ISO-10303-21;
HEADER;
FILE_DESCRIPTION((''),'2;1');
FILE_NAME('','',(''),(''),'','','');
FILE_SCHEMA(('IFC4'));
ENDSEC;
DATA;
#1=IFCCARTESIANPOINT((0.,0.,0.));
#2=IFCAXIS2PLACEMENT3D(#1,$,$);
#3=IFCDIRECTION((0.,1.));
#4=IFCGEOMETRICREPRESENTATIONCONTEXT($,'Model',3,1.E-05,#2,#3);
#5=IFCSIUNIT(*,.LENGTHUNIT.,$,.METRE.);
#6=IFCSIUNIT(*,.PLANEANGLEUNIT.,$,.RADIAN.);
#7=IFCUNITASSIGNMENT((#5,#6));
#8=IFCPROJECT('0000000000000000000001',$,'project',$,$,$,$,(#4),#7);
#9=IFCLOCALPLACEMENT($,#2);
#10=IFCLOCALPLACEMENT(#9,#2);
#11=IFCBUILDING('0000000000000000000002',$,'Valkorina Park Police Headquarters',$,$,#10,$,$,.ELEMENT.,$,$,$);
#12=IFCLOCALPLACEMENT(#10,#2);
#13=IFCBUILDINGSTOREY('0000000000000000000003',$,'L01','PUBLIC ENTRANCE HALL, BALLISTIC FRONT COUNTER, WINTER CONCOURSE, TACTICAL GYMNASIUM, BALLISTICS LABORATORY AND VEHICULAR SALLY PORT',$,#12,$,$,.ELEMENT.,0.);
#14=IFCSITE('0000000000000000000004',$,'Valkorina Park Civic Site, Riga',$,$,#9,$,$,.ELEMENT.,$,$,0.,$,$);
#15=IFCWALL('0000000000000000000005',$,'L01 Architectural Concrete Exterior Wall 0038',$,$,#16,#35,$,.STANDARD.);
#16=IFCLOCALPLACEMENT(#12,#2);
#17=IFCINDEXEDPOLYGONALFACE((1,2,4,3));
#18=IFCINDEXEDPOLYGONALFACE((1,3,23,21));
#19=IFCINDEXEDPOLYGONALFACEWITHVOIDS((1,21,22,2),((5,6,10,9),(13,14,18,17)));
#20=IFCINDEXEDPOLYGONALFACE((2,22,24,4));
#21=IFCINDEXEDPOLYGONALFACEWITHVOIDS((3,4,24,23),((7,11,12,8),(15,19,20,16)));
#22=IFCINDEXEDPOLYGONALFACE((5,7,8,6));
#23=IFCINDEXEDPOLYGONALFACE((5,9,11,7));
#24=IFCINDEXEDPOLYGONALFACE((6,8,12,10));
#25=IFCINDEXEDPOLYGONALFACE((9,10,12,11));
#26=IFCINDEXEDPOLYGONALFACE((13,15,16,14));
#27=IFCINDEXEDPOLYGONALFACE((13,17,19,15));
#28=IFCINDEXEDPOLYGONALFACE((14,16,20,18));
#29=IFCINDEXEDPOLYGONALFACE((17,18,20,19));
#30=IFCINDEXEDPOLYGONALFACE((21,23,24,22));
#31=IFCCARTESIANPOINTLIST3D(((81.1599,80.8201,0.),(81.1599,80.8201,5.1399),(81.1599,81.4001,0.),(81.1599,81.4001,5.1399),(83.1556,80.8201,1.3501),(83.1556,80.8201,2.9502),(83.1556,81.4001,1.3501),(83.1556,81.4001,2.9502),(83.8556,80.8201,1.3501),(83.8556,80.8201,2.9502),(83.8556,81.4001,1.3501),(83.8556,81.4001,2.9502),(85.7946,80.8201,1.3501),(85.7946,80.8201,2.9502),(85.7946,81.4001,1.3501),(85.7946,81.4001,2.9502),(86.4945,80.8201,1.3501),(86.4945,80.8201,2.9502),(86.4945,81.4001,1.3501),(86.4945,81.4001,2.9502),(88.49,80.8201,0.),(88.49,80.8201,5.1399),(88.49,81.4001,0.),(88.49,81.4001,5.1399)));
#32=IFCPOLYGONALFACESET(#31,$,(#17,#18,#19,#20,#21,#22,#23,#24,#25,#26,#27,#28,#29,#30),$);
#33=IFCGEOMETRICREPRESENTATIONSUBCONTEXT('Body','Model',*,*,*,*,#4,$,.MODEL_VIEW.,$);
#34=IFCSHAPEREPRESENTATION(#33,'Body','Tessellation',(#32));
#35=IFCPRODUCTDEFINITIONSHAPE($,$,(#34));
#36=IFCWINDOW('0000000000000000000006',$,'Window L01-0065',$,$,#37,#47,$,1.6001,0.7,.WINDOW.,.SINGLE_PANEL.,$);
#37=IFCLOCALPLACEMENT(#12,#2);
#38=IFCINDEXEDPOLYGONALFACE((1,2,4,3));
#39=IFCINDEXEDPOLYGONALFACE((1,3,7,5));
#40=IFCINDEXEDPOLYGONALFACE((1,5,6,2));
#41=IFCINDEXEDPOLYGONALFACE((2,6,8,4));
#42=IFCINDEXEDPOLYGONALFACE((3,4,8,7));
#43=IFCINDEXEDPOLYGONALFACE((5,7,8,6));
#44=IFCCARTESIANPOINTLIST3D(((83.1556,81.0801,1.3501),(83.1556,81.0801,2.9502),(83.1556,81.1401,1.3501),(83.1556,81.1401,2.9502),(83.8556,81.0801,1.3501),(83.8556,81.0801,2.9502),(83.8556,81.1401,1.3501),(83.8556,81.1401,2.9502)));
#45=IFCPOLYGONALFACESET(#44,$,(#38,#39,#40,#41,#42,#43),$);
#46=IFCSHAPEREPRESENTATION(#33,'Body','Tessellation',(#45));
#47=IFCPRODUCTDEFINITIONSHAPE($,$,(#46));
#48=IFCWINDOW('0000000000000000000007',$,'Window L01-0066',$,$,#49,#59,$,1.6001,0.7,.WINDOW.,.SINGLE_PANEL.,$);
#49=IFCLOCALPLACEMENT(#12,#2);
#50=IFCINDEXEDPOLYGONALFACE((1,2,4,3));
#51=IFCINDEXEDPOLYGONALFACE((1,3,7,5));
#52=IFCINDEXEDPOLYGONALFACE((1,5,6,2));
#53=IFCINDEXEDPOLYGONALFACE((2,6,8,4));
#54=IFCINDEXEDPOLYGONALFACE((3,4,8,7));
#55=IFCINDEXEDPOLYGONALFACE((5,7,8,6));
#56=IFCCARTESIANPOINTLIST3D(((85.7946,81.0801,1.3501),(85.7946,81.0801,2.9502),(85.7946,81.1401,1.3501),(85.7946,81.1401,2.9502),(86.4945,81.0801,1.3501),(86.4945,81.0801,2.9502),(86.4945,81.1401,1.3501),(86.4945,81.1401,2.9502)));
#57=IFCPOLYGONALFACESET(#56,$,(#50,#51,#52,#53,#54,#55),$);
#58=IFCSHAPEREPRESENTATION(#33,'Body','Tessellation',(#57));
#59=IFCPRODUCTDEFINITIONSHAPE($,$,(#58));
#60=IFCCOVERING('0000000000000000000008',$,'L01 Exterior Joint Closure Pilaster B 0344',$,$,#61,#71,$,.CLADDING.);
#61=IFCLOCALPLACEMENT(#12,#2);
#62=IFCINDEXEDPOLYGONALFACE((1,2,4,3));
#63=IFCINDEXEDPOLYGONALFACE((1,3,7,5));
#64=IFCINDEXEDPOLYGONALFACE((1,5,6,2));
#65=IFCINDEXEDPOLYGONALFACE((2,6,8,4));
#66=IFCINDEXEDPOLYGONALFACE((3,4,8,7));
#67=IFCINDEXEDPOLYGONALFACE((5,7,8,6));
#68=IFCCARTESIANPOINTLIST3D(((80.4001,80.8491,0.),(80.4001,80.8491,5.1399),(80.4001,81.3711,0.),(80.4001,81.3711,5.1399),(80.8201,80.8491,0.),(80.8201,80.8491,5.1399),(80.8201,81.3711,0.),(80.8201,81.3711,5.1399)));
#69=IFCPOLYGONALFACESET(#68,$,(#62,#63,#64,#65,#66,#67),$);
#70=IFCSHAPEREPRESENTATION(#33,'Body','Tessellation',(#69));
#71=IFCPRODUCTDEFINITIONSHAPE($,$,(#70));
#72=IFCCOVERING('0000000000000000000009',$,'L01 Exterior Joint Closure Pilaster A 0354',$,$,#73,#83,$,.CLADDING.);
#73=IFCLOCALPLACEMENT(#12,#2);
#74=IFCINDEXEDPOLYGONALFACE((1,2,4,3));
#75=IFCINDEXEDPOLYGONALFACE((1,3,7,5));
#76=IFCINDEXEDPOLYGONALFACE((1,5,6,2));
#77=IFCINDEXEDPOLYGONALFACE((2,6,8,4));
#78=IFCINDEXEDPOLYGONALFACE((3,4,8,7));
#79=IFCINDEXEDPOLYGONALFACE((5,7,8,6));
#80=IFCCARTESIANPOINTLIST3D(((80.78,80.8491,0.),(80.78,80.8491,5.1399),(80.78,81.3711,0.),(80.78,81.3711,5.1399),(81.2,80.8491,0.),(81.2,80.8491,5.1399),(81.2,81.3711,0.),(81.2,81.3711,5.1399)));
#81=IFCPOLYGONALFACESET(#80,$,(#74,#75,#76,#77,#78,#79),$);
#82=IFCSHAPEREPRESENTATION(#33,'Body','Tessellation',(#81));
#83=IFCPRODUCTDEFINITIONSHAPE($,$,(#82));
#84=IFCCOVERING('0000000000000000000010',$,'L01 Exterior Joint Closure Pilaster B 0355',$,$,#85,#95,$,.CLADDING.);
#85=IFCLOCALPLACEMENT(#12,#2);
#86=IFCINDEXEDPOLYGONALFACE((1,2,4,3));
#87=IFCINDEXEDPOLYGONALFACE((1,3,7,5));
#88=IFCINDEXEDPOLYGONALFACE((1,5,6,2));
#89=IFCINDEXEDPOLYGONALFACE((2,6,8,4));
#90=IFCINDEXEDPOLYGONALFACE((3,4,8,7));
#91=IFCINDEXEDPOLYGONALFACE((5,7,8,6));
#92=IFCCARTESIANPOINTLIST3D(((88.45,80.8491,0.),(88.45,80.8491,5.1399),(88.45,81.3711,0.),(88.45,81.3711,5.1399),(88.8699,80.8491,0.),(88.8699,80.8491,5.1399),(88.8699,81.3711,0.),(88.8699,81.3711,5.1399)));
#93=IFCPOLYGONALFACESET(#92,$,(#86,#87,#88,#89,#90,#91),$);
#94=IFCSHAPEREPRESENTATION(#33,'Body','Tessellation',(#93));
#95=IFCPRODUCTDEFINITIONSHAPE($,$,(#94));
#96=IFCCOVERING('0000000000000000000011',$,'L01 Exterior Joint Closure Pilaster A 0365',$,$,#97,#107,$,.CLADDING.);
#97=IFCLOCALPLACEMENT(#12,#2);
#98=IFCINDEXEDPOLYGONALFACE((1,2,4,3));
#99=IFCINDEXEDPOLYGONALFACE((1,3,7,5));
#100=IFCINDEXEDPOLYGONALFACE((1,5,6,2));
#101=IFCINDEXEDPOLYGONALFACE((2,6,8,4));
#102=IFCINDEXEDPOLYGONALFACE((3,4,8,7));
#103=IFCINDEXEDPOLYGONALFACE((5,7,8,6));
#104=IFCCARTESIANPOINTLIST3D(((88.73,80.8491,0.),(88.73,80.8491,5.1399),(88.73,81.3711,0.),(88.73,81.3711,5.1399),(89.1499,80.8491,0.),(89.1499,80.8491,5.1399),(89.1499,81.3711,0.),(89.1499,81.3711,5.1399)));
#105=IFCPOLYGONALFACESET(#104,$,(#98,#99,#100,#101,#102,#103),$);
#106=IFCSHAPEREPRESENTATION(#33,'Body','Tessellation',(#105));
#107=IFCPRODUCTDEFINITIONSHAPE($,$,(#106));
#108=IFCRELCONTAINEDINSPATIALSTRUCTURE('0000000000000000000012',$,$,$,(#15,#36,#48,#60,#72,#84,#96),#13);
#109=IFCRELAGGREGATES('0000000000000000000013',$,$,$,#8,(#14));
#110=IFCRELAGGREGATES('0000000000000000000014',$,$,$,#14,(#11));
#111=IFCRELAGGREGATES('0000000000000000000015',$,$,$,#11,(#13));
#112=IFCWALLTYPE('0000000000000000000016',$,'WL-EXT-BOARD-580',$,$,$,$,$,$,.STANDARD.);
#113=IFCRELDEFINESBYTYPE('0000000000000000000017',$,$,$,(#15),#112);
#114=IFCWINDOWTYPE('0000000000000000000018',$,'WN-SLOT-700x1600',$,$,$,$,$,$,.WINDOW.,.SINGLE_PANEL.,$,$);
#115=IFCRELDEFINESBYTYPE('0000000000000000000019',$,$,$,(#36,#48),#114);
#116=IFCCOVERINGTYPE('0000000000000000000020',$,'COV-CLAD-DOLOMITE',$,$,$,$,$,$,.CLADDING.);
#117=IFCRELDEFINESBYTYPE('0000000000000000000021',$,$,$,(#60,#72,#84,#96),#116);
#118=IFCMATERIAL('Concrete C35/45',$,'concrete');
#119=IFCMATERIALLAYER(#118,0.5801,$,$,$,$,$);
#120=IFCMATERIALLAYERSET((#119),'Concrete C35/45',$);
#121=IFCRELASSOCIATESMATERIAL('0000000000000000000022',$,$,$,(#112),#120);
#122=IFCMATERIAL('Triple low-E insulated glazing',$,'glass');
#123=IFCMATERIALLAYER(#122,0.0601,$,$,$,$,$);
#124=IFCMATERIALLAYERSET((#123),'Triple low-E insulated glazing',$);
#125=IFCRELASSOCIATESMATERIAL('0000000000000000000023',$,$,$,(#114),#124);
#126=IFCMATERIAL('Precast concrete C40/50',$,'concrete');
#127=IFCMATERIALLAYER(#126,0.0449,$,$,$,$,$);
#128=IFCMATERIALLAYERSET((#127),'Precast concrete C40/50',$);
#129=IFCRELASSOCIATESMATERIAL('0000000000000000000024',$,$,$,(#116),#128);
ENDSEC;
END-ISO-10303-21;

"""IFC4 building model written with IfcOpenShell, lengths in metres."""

from ifc_helpers import new_model, si_unit, direction, frame, frame_2d, origin, origin_2d, place, context, subcontext, project, spatial, rectangle, extrude, material, layer, layer_set, type_object, element, fill, save


model = new_model("IFC4")

# Units and contexts
model_context = context("Model", 3, precision=1e-05, world=origin(), true_north=direction((0.0, 1.0)))
body_context = subcontext(model_context, "Body", "Model", "MODEL_VIEW")
ifc_project = project(units=[si_unit("LENGTHUNIT", "METRE"), si_unit("PLANEANGLEUNIT", "RADIAN")], contexts=[model_context])

# Site, building, storey
site_placement = place(None, origin())
site = spatial("IfcSite", under=ifc_project, at=site_placement, Name="Valkorina Park Civic Site, Riga", CompositionType="ELEMENT", RefElevation=0.0)
building_placement = place(site_placement, origin())
building = spatial("IfcBuilding", under=site, at=building_placement, Name="Valkorina Park Police Headquarters", CompositionType="ELEMENT")
storey_placement = place(building_placement, origin())
storey = spatial("IfcBuildingStorey", under=building, at=storey_placement, Name="L01", Description="PUBLIC ENTRANCE HALL, BALLISTIC FRONT COUNTER, WINTER CONCOURSE, TACTICAL GYMNASIUM, BALLISTICS LABORATORY AND VEHICULAR SALLY PORT", CompositionType="ELEMENT", Elevation=0.0)

# Wall, openings, windows
ifc_material_1 = material(Name="Concrete C35/45", Category="concrete")
ifc_layer_1 = layer(ifc_material_1, 0.5801)
ifc_layer_set_1 = layer_set([ifc_layer_1], Name="Concrete C35/45")
wall_type_1 = type_object("IfcWallType", Name="WL-EXT-BOARD-580", PredefinedType="STANDARD", material=ifc_layer_set_1)
wall_1_placement = place(storey_placement, frame((81.1599, 81.1101, 0.0), z_axis=(0.0, 0.0, 1.0), x_axis=(1.0, 0.0, 0.0)))
wall_1 = element("IfcWall", 1, at=wall_1_placement, inside=storey, type_object=wall_type_1, Name="L01 Architectural Concrete Exterior Wall 0038", PredefinedType="STANDARD", context=body_context, shape_type="SweptSolid", body=[
    extrude(rectangle(XDim=7.3301, YDim=0.5801, at=frame_2d((3.665, 0.0))), origin(), (0.0, 0.0, 1.0), 5.1399),
])
opening_1_placement = place(wall_1_placement, frame((1.9956, 0.0, 1.3501)))
opening_1 = element("IfcOpeningElement", 2, at=opening_1_placement, cuts=wall_1, PredefinedType="OPENING", context=body_context, shape_type="SweptSolid", body=[
    extrude(rectangle(XDim=0.7, YDim=1.6001, at=frame_2d((0.3501, 0.8))), frame((0.0, 0.3, 0.0), z_axis=(0.0, -1.0, 0.0), x_axis=(1.0, 0.0, 0.0)), (0.0, 0.0, 1.0), 0.6001),
])
opening_2_placement = place(wall_1_placement, frame((4.6345, 0.0, 1.3501)))
opening_2 = element("IfcOpeningElement", 3, at=opening_2_placement, cuts=wall_1, PredefinedType="OPENING", context=body_context, shape_type="SweptSolid", body=[
    extrude(rectangle(XDim=0.7, YDim=1.6001, at=frame_2d((0.3501, 0.8))), frame((0.0, 0.3, 0.0), z_axis=(0.0, -1.0, 0.0), x_axis=(1.0, 0.0, 0.0)), (0.0, 0.0, 1.0), 0.6001),
])
ifc_material_2 = material(Name="Triple low-E insulated glazing", Category="glass")
ifc_layer_2 = layer(ifc_material_2, 0.0601)
ifc_layer_set_2 = layer_set([ifc_layer_2], Name="Triple low-E insulated glazing")
window_type = type_object("IfcWindowType", Name="WN-SLOT-700x1600", PartitioningType="SINGLE_PANEL", PredefinedType="WINDOW", material=ifc_layer_set_2)
window_1_placement = place(opening_1_placement, origin())
window_1 = element("IfcWindow", 4, at=window_1_placement, inside=storey, type_object=window_type, Name="Window L01-0065", OverallHeight=1.6001, OverallWidth=0.7, PartitioningType="SINGLE_PANEL", PredefinedType="WINDOW", context=body_context, shape_type="SweptSolid", body=[
    extrude(rectangle(XDim=0.7, YDim=1.6001, at=frame_2d((0.3501, 0.8))), frame((0.0, 0.03, 0.0), z_axis=(0.0, -1.0, 0.0), x_axis=(1.0, 0.0, 0.0)), (0.0, 0.0, 1.0), 0.0601),
])
fill(opening_1, window_1)
window_2_placement = place(opening_2_placement, origin())
window_2 = element("IfcWindow", 5, at=window_2_placement, inside=storey, type_object=window_type, Name="Window L01-0066", OverallHeight=1.6001, OverallWidth=0.7, PartitioningType="SINGLE_PANEL", PredefinedType="WINDOW", context=body_context, shape_type="SweptSolid", body=[
    extrude(rectangle(XDim=0.7, YDim=1.6001, at=frame_2d((0.3501, 0.8))), frame((0.0, 0.03, 0.0), z_axis=(0.0, -1.0, 0.0), x_axis=(1.0, 0.0, 0.0)), (0.0, 0.0, 1.0), 0.0601),
])
fill(opening_2, window_2)

# Coverings
ifc_material_3 = material(Name="Precast concrete C40/50", Category="concrete")
ifc_layer_3 = layer(ifc_material_3, 0.0449)
ifc_layer_set_3 = layer_set([ifc_layer_3], Name="Precast concrete C40/50")
covering_type = type_object("IfcCoveringType", Name="COV-CLAD-DOLOMITE", PredefinedType="CLADDING", material=ifc_layer_set_3)
for number, where, z_axis, x_axis, name in (
    (6, (80.6101, 81.1101, 0.0), (0.0, 0.0, 1.0), (1.0, 0.0, 0.0), "L01 Exterior Joint Closure Pilaster B 0344"),
    (7, (80.99, 81.1101, 0.0), (0.0, 0.0, 1.0), (1.0, 0.0, 0.0), "L01 Exterior Joint Closure Pilaster A 0354"),
    (8, (88.6599, 81.1101, 0.0), (0.0, 0.0, 1.0), (1.0, 0.0, 0.0), "L01 Exterior Joint Closure Pilaster B 0355"),
    (9, (88.9399, 81.1101, 0.0), (0.0, 0.0, 1.0), (1.0, 0.0, 0.0), "L01 Exterior Joint Closure Pilaster A 0365"),
):
    element("IfcCovering", number, at=place(storey_placement, frame(where, z_axis=z_axis, x_axis=x_axis)), inside=storey, type_object=covering_type, Name=name, PredefinedType="CLADDING", context=body_context, shape_type="SweptSolid", body=[
        extrude(rectangle(XDim=0.4199, YDim=0.522, at=origin_2d()), origin(), (0.0, 0.0, 1.0), 5.1399),
    ])

save(model, "model.ifc")
